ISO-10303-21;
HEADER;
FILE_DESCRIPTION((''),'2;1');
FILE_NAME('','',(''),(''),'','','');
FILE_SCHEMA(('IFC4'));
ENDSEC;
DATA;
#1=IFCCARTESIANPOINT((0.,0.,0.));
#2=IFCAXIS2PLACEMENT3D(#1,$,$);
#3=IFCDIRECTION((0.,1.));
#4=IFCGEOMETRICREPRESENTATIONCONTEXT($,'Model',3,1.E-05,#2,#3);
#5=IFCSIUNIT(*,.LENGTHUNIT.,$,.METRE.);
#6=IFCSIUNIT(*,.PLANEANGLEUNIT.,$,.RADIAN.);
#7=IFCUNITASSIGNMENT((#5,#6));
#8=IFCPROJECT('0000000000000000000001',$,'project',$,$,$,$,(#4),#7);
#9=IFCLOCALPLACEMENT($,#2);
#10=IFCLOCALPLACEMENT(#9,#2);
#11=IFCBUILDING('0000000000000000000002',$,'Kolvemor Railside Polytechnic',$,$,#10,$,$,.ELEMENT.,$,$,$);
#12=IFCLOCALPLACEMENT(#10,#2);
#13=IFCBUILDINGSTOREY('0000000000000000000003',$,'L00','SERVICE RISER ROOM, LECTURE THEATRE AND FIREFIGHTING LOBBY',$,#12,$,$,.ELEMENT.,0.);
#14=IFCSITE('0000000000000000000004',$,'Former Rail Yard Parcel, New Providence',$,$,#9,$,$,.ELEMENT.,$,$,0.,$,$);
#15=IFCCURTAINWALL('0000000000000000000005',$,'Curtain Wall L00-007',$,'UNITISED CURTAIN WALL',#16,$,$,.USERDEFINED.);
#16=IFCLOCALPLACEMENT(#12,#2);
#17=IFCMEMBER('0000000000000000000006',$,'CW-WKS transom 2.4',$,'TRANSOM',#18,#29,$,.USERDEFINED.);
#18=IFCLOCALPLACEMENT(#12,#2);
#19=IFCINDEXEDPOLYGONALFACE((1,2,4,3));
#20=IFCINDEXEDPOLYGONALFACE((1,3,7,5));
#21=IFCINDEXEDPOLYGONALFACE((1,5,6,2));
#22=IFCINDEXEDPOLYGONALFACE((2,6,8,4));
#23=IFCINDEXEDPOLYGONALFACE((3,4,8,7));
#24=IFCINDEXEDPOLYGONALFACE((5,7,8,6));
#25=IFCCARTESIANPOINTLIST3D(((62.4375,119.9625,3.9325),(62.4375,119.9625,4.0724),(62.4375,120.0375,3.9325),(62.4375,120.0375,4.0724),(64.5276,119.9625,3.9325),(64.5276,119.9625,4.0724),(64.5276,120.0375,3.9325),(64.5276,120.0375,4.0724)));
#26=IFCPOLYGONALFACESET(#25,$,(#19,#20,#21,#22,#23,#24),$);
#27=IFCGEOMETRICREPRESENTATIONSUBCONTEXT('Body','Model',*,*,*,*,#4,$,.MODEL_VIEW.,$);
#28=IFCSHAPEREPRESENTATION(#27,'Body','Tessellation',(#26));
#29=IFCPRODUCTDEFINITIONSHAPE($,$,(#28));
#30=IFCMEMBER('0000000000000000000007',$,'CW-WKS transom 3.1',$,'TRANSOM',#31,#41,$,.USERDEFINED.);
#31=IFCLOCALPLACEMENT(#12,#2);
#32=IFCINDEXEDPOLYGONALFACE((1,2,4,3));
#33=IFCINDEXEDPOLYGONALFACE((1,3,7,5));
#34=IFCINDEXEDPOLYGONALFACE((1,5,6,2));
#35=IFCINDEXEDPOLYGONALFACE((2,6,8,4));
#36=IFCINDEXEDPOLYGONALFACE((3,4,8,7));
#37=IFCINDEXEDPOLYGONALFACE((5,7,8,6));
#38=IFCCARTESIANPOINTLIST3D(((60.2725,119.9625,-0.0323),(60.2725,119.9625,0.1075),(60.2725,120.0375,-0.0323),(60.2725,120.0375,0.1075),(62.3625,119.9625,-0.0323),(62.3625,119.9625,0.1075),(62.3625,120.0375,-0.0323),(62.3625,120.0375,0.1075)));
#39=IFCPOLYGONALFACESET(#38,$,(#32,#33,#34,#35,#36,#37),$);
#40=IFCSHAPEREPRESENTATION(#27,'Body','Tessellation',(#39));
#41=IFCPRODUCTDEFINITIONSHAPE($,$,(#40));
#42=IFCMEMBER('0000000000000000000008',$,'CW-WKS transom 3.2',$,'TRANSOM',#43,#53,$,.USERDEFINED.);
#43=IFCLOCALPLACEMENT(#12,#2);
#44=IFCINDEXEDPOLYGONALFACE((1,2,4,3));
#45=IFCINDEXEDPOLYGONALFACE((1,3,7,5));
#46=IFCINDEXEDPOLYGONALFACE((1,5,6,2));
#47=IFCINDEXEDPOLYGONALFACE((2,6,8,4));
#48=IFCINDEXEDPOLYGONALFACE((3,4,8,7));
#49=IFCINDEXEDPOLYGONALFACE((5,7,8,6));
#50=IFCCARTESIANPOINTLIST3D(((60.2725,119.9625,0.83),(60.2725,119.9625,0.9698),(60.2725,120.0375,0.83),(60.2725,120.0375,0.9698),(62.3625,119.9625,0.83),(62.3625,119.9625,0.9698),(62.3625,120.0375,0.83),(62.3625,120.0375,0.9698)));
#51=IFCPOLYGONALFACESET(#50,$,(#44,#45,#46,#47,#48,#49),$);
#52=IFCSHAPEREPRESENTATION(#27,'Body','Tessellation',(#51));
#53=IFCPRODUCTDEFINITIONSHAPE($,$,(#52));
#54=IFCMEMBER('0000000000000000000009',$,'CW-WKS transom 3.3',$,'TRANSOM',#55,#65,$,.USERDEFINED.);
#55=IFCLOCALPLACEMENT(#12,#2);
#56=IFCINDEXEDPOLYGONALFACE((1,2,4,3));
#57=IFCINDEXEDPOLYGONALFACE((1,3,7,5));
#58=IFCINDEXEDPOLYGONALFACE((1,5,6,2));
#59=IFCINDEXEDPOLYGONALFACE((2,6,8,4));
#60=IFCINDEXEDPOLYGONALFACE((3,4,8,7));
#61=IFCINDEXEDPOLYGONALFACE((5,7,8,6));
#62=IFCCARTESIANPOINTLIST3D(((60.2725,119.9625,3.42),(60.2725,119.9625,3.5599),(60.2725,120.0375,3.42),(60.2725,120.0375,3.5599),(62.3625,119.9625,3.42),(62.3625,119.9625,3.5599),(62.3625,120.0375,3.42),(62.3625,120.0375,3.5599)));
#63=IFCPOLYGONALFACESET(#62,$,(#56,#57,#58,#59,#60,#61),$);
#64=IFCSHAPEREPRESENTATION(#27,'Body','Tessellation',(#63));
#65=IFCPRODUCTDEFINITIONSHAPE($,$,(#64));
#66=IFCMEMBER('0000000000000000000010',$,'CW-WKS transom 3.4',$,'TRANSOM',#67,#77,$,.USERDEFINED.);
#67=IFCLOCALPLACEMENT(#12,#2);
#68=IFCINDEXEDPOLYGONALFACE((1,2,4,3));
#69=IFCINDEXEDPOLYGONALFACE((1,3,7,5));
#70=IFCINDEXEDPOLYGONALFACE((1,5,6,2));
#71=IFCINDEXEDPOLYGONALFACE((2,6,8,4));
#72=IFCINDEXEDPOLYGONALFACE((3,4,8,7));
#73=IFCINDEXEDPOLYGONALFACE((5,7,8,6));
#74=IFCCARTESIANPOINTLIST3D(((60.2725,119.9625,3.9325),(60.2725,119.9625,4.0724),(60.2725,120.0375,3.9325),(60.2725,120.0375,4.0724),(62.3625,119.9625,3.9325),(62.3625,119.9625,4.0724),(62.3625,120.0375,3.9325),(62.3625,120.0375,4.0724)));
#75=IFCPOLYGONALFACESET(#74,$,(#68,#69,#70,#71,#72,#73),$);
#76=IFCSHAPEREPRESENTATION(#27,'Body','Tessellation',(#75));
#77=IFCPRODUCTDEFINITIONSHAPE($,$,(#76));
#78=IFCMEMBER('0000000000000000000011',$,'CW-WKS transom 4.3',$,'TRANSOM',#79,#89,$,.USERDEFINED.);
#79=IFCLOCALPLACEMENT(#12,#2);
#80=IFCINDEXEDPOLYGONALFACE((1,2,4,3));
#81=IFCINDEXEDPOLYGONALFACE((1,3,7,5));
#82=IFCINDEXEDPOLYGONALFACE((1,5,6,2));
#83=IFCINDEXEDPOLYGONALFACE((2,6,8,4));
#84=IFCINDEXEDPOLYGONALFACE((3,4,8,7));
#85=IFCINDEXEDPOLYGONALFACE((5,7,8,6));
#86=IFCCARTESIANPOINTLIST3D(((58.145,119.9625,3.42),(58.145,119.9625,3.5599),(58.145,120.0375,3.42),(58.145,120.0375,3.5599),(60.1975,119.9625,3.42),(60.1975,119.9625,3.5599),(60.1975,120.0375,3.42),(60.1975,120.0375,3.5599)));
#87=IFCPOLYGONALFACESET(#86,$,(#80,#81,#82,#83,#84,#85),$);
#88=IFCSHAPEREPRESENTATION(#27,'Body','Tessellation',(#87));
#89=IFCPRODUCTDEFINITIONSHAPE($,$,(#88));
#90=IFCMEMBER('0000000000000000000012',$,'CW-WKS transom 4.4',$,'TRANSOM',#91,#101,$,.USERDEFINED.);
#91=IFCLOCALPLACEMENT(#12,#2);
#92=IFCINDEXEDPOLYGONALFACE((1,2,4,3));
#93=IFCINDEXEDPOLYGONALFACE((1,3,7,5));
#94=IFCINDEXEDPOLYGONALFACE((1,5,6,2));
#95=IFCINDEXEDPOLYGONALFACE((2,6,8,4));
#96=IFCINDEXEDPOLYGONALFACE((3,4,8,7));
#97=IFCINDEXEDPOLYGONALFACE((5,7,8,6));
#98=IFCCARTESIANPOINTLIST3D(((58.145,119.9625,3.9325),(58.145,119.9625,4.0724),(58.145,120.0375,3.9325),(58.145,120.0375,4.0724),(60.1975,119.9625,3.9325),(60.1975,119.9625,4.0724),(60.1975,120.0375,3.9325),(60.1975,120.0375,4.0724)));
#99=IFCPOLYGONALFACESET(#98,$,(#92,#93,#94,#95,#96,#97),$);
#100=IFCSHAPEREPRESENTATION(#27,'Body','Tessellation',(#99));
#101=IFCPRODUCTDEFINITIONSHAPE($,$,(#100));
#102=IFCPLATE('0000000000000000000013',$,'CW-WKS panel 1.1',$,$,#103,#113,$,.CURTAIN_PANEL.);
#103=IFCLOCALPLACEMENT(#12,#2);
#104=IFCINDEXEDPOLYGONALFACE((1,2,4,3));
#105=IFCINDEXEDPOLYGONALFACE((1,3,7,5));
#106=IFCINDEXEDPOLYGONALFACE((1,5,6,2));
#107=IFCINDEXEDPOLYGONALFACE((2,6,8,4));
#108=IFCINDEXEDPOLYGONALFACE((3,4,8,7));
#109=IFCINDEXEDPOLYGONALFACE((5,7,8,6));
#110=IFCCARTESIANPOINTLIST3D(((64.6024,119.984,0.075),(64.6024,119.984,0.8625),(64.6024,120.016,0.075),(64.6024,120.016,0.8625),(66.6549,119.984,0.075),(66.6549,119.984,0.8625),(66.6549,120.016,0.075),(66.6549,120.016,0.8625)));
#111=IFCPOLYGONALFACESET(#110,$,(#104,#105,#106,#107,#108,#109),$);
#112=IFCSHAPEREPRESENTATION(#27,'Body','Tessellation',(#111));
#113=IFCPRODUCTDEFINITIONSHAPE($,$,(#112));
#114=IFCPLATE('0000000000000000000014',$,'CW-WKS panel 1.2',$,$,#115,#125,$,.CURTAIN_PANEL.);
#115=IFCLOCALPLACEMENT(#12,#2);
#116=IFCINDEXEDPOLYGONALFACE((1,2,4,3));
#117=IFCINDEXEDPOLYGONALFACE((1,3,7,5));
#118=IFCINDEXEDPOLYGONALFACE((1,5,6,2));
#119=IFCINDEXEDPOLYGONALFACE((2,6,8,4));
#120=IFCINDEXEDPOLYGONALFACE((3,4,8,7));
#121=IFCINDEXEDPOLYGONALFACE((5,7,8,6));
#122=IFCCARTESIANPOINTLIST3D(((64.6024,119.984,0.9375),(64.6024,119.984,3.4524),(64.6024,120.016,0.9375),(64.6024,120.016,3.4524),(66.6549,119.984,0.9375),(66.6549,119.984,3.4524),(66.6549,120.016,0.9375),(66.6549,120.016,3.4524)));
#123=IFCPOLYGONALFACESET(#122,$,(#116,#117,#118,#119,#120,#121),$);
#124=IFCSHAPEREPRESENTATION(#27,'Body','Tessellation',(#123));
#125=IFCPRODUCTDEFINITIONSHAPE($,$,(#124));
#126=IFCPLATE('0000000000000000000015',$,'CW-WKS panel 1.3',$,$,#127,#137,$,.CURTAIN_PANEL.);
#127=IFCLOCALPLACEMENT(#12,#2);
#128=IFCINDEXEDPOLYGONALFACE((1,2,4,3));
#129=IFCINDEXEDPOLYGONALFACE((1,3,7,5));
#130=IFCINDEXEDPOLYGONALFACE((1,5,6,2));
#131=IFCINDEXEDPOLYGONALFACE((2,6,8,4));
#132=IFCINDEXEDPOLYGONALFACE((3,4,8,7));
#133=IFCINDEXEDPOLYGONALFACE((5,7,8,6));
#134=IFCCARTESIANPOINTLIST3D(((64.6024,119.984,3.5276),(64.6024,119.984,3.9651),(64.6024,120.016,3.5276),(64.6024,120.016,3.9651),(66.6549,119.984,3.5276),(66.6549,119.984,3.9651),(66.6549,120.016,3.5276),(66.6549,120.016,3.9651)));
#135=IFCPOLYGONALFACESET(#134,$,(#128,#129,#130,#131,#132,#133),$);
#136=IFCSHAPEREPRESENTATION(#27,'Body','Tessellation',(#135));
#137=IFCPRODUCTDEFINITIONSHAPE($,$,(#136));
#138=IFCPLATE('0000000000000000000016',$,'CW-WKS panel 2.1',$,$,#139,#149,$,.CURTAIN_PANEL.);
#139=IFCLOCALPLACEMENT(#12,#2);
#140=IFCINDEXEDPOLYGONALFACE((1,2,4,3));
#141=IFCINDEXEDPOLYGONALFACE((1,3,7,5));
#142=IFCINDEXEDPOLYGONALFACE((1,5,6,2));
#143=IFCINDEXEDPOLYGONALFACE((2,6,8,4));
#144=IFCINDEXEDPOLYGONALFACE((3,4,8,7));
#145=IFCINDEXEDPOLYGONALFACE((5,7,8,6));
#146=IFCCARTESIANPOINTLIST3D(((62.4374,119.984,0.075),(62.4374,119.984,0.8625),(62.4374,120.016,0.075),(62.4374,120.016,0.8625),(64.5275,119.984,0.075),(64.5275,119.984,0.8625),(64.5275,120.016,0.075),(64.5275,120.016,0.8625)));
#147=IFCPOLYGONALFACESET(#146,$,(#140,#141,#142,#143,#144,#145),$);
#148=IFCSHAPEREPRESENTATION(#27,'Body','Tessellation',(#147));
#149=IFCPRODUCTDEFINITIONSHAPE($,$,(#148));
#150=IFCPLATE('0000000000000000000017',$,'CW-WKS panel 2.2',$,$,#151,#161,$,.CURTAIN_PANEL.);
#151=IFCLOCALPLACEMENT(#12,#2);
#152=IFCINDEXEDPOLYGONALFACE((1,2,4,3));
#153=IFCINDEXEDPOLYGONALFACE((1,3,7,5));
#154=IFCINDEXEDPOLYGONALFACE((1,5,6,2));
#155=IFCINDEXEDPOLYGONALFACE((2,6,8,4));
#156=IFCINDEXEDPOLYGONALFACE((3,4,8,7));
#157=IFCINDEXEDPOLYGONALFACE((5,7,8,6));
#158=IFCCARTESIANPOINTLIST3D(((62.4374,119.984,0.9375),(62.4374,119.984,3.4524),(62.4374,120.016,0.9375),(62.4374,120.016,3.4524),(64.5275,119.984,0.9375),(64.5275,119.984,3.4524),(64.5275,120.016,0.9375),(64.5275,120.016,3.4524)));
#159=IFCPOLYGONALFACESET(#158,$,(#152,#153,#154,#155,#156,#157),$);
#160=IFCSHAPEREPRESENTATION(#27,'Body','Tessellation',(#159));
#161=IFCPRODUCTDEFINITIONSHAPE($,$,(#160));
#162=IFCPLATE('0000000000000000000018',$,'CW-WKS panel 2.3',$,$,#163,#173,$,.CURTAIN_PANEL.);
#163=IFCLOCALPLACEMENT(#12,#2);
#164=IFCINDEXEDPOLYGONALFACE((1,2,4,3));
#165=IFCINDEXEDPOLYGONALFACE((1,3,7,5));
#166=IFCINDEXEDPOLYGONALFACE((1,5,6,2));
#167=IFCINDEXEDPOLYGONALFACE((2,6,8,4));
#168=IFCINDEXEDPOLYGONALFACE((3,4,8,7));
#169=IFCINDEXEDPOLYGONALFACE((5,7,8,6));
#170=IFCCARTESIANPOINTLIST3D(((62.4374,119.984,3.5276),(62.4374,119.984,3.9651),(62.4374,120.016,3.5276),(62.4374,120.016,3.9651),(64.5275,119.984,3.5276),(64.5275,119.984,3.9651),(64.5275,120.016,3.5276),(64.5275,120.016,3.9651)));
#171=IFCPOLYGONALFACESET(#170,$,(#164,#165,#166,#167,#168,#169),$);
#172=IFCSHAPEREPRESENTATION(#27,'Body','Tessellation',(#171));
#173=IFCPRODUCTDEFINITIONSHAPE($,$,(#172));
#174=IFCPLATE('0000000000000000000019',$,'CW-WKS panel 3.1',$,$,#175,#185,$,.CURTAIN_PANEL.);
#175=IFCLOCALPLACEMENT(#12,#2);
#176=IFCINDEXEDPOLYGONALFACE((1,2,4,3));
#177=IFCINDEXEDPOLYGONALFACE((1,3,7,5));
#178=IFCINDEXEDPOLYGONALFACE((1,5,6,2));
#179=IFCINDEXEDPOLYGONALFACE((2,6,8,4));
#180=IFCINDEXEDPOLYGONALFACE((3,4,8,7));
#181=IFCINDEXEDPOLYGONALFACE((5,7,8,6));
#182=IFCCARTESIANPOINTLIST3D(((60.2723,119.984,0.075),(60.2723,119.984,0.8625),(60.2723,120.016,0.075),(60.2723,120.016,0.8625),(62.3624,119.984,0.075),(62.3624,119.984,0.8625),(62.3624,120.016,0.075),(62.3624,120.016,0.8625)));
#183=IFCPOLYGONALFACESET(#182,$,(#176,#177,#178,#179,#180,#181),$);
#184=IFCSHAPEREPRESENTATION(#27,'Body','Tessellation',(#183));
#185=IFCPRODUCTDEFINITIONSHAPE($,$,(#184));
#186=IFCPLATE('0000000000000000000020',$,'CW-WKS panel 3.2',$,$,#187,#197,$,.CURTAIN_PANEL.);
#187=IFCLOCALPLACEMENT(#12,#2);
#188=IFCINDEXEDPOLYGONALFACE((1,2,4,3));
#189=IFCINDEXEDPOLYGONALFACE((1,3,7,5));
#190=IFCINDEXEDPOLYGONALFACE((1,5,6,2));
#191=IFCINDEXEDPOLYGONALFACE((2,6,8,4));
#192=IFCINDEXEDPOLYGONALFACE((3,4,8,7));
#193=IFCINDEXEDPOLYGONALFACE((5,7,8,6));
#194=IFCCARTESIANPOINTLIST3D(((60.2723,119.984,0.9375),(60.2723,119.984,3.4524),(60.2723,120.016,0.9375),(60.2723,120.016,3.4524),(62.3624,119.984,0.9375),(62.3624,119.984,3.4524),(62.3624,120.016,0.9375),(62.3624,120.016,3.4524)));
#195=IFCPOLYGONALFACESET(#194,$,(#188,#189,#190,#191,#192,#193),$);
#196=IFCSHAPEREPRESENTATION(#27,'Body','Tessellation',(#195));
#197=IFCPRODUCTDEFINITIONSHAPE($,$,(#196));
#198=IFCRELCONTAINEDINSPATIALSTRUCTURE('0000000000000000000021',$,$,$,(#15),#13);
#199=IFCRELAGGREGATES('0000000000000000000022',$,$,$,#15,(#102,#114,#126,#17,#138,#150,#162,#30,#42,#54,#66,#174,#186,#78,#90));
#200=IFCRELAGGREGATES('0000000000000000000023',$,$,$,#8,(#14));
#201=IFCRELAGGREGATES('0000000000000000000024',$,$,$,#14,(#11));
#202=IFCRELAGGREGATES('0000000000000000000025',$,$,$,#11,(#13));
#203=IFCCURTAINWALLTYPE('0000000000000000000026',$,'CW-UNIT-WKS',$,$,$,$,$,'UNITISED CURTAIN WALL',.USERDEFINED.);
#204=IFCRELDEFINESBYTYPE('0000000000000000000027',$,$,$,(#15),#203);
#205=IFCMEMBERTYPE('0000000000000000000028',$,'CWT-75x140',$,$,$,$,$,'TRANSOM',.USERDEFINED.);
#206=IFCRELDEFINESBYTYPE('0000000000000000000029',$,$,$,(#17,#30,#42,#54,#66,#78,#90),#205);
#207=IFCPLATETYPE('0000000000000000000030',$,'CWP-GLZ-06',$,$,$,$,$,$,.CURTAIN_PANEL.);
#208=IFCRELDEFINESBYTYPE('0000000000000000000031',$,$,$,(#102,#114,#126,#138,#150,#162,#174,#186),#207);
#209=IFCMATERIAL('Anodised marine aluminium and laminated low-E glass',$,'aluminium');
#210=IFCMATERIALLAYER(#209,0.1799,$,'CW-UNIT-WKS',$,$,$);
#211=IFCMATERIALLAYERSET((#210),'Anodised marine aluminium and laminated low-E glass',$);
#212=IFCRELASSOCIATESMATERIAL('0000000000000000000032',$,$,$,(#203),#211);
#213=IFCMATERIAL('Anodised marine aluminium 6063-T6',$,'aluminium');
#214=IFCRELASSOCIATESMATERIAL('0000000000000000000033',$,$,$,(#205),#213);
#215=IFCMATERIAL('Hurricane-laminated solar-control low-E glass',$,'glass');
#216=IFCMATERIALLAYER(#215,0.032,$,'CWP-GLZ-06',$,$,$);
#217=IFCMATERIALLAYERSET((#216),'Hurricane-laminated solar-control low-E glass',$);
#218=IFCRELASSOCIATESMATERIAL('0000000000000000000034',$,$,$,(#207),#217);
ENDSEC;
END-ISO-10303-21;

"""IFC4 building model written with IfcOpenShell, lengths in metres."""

from ifc_helpers import new_model, si_unit, direction, frame, origin, origin_2d, place, context, subcontext, project, spatial, rectangle, extrude, material, layer, layer_set, material_profile, profile_set, type_object, element, aggregate, save


model = new_model("IFC4")

# Units and contexts
model_context = context("Model", 3, precision=1e-05, world=origin(), true_north=direction((0.0, 1.0)))
body_context = subcontext(model_context, "Body", "Model", "MODEL_VIEW")
ifc_project = project(units=[si_unit("LENGTHUNIT", "METRE"), si_unit("PLANEANGLEUNIT", "RADIAN")], contexts=[model_context])

# Site, building, storey
site_placement = place(None, origin())
site = spatial("IfcSite", under=ifc_project, at=site_placement, Name="Former Rail Yard Parcel, New Providence", CompositionType="ELEMENT", RefElevation=0.0)
building_placement = place(site_placement, origin())
building = spatial("IfcBuilding", under=site, at=building_placement, Name="Kolvemor Railside Polytechnic", CompositionType="ELEMENT")
storey_placement = place(building_placement, origin())
storey = spatial("IfcBuildingStorey", under=building, at=storey_placement, Name="L00", Description="SERVICE RISER ROOM, LECTURE THEATRE AND FIREFIGHTING LOBBY", CompositionType="ELEMENT", Elevation=0.0)

# Curtain wall, members, plates
ifc_material_1 = material(Name="Anodised marine aluminium and laminated low-E glass", Category="aluminium")
ifc_layer_1 = layer(ifc_material_1, 0.1799, Name="CW-UNIT-WKS")
ifc_layer_set_1 = layer_set([ifc_layer_1], Name="Anodised marine aluminium and laminated low-E glass")
curtain_wall_type = type_object("IfcCurtainWallType", Name="CW-UNIT-WKS", ElementType="UNITISED CURTAIN WALL", PredefinedType="USERDEFINED", material=ifc_layer_set_1)
curtain_wall_placement = place(storey_placement, origin())
curtain_wall = element("IfcCurtainWall", 1, at=curtain_wall_placement, inside=storey, type_object=curtain_wall_type, Name="Curtain Wall L00-007", ObjectType="UNITISED CURTAIN WALL", PredefinedType="USERDEFINED")
ifc_material_2 = material(Name="Anodised marine aluminium 6063-T6", Category="aluminium")
ifc_material_profile_1 = material_profile(ifc_material_2, rectangle(XDim=0.075, YDim=0.1399, at=origin_2d()), Name="CW-TRN-75x140")
ifc_profile_set_1 = profile_set([ifc_material_profile_1], Name="Anodised marine aluminium 6063-T6")
member_type_1 = type_object("IfcMemberType", Name="CWT-75x140", ElementType="TRANSOM", PredefinedType="USERDEFINED", material=ifc_profile_set_1)
member_1_placement = place(storey_placement, frame((64.5276, 120.0, 4.0024), z_axis=(-1.0, 0.0, 0.0), x_axis=(0.0, -1.0, 0.0)))
member_1 = element("IfcMember", 2, at=member_1_placement, type_object=member_type_1, Name="CW-WKS transom 2.4", ObjectType="TRANSOM", PredefinedType="USERDEFINED", context=body_context, shape_type="SweptSolid", body=[
    extrude(rectangle(XDim=0.075, YDim=0.1399, at=origin_2d()), origin(), (0.0, 0.0, 1.0), 2.0901),
])
member_2_placement = place(storey_placement, frame((62.3625, 120.0, 0.0376), z_axis=(-1.0, 0.0, 0.0), x_axis=(0.0, -1.0, 0.0)))
member_2 = element("IfcMember", 3, at=member_2_placement, type_object=member_type_1, Name="CW-WKS transom 3.1", ObjectType="TRANSOM", PredefinedType="USERDEFINED", context=body_context, shape_type="SweptSolid", body=[
    extrude(rectangle(XDim=0.075, YDim=0.1399, at=origin_2d()), origin(), (0.0, 0.0, 1.0), 2.0901),
])
member_3_placement = place(storey_placement, frame((62.3625, 120.0, 0.8999), z_axis=(-1.0, 0.0, 0.0), x_axis=(0.0, -1.0, 0.0)))
member_3 = element("IfcMember", 4, at=member_3_placement, type_object=member_type_1, Name="CW-WKS transom 3.2", ObjectType="TRANSOM", PredefinedType="USERDEFINED", context=body_context, shape_type="SweptSolid", body=[
    extrude(rectangle(XDim=0.075, YDim=0.1399, at=origin_2d()), origin(), (0.0, 0.0, 1.0), 2.0901),
])
member_4_placement = place(storey_placement, frame((62.3625, 120.0, 3.49), z_axis=(-1.0, 0.0, 0.0), x_axis=(0.0, -1.0, 0.0)))
member_4 = element("IfcMember", 5, at=member_4_placement, type_object=member_type_1, Name="CW-WKS transom 3.3", ObjectType="TRANSOM", PredefinedType="USERDEFINED", context=body_context, shape_type="SweptSolid", body=[
    extrude(rectangle(XDim=0.075, YDim=0.1399, at=origin_2d()), origin(), (0.0, 0.0, 1.0), 2.0901),
])
member_5_placement = place(storey_placement, frame((62.3625, 120.0, 4.0024), z_axis=(-1.0, 0.0, 0.0), x_axis=(0.0, -1.0, 0.0)))
member_5 = element("IfcMember", 6, at=member_5_placement, type_object=member_type_1, Name="CW-WKS transom 3.4", ObjectType="TRANSOM", PredefinedType="USERDEFINED", context=body_context, shape_type="SweptSolid", body=[
    extrude(rectangle(XDim=0.075, YDim=0.1399, at=origin_2d()), origin(), (0.0, 0.0, 1.0), 2.0901),
])
member_6_placement = place(storey_placement, frame((60.1975, 120.0, 3.49), z_axis=(-1.0, 0.0, 0.0), x_axis=(0.0, -1.0, 0.0)))
member_6 = element("IfcMember", 7, at=member_6_placement, type_object=member_type_1, Name="CW-WKS transom 4.3", ObjectType="TRANSOM", PredefinedType="USERDEFINED", context=body_context, shape_type="SweptSolid", body=[
    extrude(rectangle(XDim=0.075, YDim=0.1399, at=origin_2d()), origin(), (0.0, 0.0, 1.0), 2.0525),
])
member_7_placement = place(storey_placement, frame((60.1975, 120.0, 4.0024), z_axis=(-1.0, 0.0, 0.0), x_axis=(0.0, -1.0, 0.0)))
member_7 = element("IfcMember", 8, at=member_7_placement, type_object=member_type_1, Name="CW-WKS transom 4.4", ObjectType="TRANSOM", PredefinedType="USERDEFINED", context=body_context, shape_type="SweptSolid", body=[
    extrude(rectangle(XDim=0.075, YDim=0.1399, at=origin_2d()), origin(), (0.0, 0.0, 1.0), 2.0525),
])
ifc_material_3 = material(Name="Hurricane-laminated solar-control low-E glass", Category="glass")
ifc_layer_2 = layer(ifc_material_3, 0.032, Name="CWP-GLZ-06")
ifc_layer_set_2 = layer_set([ifc_layer_2], Name="Hurricane-laminated solar-control low-E glass")
plate_type = type_object("IfcPlateType", Name="CWP-GLZ-06", PredefinedType="CURTAIN_PANEL", material=ifc_layer_set_2)
plate_1_placement = place(storey_placement, frame((65.6287, 120.0, 0.075), z_axis=(0.0, 0.0, 1.0), x_axis=(-1.0, 0.0, 0.0)))
plate_1 = element("IfcPlate", 9, at=plate_1_placement, type_object=plate_type, Name="CW-WKS panel 1.1", PredefinedType="CURTAIN_PANEL", context=body_context, shape_type="SweptSolid", body=[
    extrude(rectangle(XDim=2.0525, YDim=0.032, at=origin_2d()), origin(), (0.0, 0.0, 1.0), 0.7876),
])
plate_2_placement = place(storey_placement, frame((65.6287, 120.0, 0.9375), z_axis=(0.0, 0.0, 1.0), x_axis=(-1.0, 0.0, 0.0)))
plate_2 = element("IfcPlate", 10, at=plate_2_placement, type_object=plate_type, Name="CW-WKS panel 1.2", PredefinedType="CURTAIN_PANEL", context=body_context, shape_type="SweptSolid", body=[
    extrude(rectangle(XDim=2.0525, YDim=0.032, at=origin_2d()), origin(), (0.0, 0.0, 1.0), 2.5149),
])
plate_3_placement = place(storey_placement, frame((65.6287, 120.0, 3.5276), z_axis=(0.0, 0.0, 1.0), x_axis=(-1.0, 0.0, 0.0)))
plate_3 = element("IfcPlate", 11, at=plate_3_placement, type_object=plate_type, Name="CW-WKS panel 1.3", PredefinedType="CURTAIN_PANEL", context=body_context, shape_type="SweptSolid", body=[
    extrude(rectangle(XDim=2.0525, YDim=0.032, at=origin_2d()), origin(), (0.0, 0.0, 1.0), 0.4375),
])
plate_4_placement = place(storey_placement, frame((63.4824, 120.0, 0.075), z_axis=(0.0, 0.0, 1.0), x_axis=(-1.0, 0.0, 0.0)))
plate_4 = element("IfcPlate", 12, at=plate_4_placement, type_object=plate_type, Name="CW-WKS panel 2.1", PredefinedType="CURTAIN_PANEL", context=body_context, shape_type="SweptSolid", body=[
    extrude(rectangle(XDim=2.0901, YDim=0.032, at=origin_2d()), origin(), (0.0, 0.0, 1.0), 0.7876),
])
plate_5_placement = place(storey_placement, frame((63.4824, 120.0, 0.9375), z_axis=(0.0, 0.0, 1.0), x_axis=(-1.0, 0.0, 0.0)))
plate_5 = element("IfcPlate", 13, at=plate_5_placement, type_object=plate_type, Name="CW-WKS panel 2.2", PredefinedType="CURTAIN_PANEL", context=body_context, shape_type="SweptSolid", body=[
    extrude(rectangle(XDim=2.0901, YDim=0.032, at=origin_2d()), origin(), (0.0, 0.0, 1.0), 2.5149),
])
plate_6_placement = place(storey_placement, frame((63.4824, 120.0, 3.5276), z_axis=(0.0, 0.0, 1.0), x_axis=(-1.0, 0.0, 0.0)))
plate_6 = element("IfcPlate", 14, at=plate_6_placement, type_object=plate_type, Name="CW-WKS panel 2.3", PredefinedType="CURTAIN_PANEL", context=body_context, shape_type="SweptSolid", body=[
    extrude(rectangle(XDim=2.0901, YDim=0.032, at=origin_2d()), origin(), (0.0, 0.0, 1.0), 0.4375),
])
plate_7_placement = place(storey_placement, frame((61.3174, 120.0, 0.075), z_axis=(0.0, 0.0, 1.0), x_axis=(-1.0, 0.0, 0.0)))
plate_7 = element("IfcPlate", 15, at=plate_7_placement, type_object=plate_type, Name="CW-WKS panel 3.1", PredefinedType="CURTAIN_PANEL", context=body_context, shape_type="SweptSolid", body=[
    extrude(rectangle(XDim=2.0901, YDim=0.032, at=origin_2d()), origin(), (0.0, 0.0, 1.0), 0.7876),
])
plate_8_placement = place(storey_placement, frame((61.3174, 120.0, 0.9375), z_axis=(0.0, 0.0, 1.0), x_axis=(-1.0, 0.0, 0.0)))
plate_8 = element("IfcPlate", 16, at=plate_8_placement, type_object=plate_type, Name="CW-WKS panel 3.2", PredefinedType="CURTAIN_PANEL", context=body_context, shape_type="SweptSolid", body=[
    extrude(rectangle(XDim=2.0901, YDim=0.032, at=origin_2d()), origin(), (0.0, 0.0, 1.0), 2.5149),
])
aggregate(curtain_wall, [plate_1, plate_2, plate_3, member_1, plate_4, plate_5, plate_6, member_2, member_3, member_4, member_5, plate_7, plate_8, member_6, member_7])

save(model, "model.ifc")
